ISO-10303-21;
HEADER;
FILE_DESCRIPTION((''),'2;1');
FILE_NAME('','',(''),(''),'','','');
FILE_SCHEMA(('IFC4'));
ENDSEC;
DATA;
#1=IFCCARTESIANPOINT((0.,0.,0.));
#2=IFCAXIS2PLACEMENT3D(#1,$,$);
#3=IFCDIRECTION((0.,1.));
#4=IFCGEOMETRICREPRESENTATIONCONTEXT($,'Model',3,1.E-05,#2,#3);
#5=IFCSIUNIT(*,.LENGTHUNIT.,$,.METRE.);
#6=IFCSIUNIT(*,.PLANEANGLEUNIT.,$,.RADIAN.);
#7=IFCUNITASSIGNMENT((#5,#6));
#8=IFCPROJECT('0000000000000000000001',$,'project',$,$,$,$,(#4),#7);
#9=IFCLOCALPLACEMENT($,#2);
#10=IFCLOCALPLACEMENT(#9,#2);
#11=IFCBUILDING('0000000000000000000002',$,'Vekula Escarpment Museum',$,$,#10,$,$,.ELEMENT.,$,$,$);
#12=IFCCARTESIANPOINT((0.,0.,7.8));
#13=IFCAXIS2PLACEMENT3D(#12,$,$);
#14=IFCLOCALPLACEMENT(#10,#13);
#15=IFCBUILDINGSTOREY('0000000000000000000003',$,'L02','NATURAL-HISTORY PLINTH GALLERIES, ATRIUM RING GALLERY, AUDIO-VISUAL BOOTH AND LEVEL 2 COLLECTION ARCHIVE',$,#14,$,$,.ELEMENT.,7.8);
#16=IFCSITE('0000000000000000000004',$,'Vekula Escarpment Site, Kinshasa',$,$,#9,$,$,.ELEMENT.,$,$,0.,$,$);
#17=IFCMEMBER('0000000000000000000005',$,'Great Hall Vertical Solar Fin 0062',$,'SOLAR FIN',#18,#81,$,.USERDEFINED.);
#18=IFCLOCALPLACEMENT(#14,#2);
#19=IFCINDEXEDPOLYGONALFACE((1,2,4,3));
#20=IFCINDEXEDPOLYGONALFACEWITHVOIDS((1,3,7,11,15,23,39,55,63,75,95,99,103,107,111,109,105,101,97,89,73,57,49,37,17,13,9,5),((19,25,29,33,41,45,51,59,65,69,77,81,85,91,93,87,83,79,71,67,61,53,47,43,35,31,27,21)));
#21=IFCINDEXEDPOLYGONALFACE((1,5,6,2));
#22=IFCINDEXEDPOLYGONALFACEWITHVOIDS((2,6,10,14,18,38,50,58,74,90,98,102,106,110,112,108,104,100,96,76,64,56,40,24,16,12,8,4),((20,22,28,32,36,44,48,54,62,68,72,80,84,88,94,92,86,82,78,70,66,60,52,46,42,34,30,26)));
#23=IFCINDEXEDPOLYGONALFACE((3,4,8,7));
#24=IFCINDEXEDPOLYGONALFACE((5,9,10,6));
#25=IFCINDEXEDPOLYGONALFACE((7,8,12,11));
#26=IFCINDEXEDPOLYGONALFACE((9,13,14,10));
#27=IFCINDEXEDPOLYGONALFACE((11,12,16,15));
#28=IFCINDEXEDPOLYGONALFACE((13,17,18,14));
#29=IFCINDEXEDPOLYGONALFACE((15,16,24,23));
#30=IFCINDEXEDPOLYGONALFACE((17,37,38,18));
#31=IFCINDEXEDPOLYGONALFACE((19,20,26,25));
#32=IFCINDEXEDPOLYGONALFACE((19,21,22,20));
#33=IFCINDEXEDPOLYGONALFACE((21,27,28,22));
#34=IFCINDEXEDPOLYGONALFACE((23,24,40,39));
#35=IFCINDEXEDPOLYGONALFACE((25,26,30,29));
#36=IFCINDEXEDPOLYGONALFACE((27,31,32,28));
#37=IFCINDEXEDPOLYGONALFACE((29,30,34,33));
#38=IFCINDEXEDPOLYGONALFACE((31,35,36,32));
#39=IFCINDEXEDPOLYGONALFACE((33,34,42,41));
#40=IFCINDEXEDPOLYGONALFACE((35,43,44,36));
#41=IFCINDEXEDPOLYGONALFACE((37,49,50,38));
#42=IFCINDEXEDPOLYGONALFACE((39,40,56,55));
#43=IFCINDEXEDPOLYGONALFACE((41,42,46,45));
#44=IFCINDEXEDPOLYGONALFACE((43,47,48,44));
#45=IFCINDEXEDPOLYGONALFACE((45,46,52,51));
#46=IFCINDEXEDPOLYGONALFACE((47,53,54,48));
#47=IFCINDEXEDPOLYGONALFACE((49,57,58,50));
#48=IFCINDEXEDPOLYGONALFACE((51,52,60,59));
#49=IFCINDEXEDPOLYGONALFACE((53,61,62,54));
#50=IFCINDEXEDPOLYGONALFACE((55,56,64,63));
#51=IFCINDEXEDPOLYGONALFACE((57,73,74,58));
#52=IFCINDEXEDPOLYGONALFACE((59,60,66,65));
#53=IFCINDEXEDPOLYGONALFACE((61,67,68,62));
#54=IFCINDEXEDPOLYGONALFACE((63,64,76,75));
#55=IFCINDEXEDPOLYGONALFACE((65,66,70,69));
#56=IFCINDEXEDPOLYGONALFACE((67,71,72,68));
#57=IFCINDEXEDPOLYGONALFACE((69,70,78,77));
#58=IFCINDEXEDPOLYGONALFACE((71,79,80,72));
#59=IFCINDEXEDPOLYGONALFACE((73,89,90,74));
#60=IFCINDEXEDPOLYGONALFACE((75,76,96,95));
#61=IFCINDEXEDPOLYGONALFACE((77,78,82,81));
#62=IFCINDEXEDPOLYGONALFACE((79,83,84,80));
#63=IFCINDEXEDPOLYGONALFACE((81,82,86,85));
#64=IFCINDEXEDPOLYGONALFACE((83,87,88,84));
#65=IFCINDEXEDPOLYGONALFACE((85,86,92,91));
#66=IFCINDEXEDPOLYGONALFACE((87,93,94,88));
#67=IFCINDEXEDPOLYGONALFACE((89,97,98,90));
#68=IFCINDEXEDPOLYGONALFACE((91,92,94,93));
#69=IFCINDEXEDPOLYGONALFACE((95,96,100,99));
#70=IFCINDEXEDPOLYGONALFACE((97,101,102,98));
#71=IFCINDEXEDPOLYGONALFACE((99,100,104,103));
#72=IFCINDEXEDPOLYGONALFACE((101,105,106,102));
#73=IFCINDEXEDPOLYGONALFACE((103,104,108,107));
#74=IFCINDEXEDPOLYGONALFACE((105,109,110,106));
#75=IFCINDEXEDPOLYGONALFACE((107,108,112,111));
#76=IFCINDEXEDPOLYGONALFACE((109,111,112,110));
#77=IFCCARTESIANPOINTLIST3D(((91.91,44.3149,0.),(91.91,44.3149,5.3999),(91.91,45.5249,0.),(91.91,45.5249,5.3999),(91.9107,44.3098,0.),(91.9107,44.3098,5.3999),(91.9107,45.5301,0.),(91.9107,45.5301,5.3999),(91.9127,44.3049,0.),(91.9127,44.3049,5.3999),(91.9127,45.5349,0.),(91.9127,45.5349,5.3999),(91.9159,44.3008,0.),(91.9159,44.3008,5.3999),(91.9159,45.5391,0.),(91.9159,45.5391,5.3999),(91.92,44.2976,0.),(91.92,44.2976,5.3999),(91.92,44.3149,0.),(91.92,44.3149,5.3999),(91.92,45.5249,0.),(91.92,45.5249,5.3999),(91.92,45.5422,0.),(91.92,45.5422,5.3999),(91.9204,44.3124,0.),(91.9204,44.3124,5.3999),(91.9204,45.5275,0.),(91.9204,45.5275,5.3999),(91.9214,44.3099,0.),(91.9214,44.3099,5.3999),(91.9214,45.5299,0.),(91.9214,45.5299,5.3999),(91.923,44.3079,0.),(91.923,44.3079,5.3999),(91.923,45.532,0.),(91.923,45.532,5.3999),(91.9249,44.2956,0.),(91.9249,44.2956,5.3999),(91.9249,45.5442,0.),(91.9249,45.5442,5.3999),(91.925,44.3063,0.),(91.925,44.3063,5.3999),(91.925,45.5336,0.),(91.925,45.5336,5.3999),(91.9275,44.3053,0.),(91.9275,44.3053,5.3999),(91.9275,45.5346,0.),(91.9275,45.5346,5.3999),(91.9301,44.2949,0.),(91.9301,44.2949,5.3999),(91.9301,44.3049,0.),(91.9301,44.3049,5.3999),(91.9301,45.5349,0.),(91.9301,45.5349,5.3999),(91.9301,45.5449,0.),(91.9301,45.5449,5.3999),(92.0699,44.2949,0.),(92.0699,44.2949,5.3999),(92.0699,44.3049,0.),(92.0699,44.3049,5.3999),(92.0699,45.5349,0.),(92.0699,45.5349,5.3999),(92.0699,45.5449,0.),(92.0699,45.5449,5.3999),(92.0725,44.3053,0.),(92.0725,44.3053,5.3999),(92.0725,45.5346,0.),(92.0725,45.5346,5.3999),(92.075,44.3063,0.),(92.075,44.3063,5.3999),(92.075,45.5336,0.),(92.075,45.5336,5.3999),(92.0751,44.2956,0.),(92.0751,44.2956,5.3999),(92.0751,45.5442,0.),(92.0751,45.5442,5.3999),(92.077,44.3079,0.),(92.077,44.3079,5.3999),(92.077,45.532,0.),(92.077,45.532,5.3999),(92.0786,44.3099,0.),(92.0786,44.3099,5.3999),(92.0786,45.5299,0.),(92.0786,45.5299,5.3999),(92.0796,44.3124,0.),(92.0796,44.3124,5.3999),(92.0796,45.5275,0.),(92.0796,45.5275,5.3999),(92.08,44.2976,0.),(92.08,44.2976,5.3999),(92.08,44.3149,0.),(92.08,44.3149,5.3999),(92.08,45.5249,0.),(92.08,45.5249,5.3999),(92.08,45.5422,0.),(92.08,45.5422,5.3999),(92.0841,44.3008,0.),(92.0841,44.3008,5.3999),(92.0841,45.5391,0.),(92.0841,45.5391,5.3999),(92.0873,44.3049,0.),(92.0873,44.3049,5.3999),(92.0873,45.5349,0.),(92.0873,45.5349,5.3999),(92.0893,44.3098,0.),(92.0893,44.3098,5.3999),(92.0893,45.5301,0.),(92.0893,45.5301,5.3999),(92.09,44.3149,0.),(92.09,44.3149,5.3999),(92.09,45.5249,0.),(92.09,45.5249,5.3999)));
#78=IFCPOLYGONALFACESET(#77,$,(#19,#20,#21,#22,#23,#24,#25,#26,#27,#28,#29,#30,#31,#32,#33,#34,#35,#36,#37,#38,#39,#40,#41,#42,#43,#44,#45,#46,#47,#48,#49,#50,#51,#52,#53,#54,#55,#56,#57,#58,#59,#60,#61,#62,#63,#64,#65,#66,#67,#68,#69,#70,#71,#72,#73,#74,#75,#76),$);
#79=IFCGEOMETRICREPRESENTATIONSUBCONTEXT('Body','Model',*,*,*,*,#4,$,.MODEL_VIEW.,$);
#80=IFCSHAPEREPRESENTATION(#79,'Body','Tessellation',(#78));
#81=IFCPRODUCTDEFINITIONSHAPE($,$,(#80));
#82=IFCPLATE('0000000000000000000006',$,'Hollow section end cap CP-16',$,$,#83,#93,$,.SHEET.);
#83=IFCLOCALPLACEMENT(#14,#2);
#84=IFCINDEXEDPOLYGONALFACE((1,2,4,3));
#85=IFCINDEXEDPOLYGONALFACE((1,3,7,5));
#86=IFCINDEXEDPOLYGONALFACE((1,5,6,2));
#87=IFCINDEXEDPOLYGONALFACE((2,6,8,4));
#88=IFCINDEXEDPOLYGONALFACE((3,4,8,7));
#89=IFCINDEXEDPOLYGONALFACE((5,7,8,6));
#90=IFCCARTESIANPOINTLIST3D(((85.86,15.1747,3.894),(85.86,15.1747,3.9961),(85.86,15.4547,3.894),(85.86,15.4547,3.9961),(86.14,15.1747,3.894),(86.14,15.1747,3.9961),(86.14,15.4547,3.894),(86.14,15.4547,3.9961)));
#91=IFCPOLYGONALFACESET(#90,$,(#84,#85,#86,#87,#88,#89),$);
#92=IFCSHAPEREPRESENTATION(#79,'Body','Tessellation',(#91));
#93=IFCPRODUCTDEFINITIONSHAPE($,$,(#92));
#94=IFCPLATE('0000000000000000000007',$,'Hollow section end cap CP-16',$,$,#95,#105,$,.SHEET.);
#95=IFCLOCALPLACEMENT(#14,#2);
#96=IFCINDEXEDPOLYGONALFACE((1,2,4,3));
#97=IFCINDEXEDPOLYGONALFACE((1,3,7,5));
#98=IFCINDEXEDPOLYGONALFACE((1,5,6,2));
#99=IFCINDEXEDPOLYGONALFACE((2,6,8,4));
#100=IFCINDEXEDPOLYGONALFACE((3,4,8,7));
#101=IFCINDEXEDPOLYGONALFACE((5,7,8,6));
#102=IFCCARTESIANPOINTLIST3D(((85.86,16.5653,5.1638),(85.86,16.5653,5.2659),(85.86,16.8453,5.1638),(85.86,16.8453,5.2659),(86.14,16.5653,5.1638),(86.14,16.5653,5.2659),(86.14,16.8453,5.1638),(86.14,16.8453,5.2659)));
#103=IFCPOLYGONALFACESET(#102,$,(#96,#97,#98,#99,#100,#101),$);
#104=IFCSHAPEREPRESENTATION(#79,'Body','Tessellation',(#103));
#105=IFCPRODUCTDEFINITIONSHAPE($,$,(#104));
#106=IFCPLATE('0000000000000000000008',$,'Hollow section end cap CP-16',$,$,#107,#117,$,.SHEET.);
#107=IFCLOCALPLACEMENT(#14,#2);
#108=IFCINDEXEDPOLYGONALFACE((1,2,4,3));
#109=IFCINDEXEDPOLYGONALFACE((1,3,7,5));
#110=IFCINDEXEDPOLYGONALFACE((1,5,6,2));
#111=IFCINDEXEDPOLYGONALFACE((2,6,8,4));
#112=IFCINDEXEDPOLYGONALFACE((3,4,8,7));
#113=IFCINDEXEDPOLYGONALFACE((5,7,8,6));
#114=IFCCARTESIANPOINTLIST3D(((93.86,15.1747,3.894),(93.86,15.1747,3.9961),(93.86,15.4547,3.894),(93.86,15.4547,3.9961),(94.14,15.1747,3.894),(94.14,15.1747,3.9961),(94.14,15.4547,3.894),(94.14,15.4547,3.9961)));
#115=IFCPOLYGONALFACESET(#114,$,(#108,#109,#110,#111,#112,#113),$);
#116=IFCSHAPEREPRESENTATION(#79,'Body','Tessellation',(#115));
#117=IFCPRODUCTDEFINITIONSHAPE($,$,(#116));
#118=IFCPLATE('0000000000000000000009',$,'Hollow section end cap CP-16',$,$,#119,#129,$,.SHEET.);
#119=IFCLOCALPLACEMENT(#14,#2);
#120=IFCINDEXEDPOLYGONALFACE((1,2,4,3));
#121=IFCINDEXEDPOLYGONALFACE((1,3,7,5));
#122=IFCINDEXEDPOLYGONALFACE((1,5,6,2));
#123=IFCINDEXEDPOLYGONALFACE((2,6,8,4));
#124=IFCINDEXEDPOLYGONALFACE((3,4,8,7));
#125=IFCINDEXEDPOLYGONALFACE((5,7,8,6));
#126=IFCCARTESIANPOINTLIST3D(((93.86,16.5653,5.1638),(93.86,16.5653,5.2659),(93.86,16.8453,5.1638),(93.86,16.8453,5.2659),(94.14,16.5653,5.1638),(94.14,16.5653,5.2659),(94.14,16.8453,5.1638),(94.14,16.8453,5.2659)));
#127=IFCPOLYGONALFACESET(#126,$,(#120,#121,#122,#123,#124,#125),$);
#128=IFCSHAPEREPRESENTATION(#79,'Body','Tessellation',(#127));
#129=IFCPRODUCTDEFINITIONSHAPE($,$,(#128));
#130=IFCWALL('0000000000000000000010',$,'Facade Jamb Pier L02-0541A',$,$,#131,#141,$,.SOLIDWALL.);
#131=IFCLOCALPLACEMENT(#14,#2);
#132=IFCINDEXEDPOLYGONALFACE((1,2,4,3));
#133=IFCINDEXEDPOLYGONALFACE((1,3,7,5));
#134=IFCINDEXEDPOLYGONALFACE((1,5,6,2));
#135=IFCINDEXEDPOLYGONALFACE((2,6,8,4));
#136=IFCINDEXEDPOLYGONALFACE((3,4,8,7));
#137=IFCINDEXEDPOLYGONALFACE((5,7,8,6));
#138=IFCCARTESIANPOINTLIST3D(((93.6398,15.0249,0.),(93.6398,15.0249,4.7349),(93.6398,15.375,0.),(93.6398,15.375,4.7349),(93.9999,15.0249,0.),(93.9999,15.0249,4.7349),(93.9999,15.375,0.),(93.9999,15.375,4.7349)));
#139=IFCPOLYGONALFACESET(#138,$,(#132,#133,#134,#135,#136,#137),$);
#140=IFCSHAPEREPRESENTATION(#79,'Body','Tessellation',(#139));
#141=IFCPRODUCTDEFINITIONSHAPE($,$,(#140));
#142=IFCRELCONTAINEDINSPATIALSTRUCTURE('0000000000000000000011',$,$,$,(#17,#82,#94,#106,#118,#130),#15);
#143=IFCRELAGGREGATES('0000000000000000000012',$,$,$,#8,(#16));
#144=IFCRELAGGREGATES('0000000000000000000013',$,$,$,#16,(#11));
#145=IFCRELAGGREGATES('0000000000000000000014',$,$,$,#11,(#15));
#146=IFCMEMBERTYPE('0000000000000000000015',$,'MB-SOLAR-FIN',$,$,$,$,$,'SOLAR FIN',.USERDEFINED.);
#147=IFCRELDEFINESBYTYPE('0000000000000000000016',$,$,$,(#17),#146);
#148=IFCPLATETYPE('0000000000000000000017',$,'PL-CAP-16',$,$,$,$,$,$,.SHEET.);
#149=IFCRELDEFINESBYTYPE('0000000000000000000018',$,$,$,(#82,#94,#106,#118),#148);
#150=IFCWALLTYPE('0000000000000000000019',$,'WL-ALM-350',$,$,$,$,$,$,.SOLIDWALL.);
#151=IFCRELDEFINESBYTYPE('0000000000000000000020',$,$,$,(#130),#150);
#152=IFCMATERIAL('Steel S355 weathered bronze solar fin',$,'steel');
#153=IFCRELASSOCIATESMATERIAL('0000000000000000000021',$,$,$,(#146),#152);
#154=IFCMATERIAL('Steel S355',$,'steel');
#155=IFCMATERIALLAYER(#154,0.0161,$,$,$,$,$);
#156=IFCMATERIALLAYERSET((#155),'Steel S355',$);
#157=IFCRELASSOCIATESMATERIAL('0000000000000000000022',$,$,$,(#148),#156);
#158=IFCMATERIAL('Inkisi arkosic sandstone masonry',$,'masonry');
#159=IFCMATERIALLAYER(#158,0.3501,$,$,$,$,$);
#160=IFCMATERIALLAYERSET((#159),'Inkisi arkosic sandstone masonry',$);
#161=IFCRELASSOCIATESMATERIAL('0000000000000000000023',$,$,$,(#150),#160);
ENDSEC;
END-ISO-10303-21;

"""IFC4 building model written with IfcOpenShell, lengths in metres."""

from ifc_helpers import new_model, si_unit, direction, frame, frame_2d, origin, origin_2d, place, context, subcontext, project, spatial, rectangle, hollow_rectangle, extrude, material, layer, layer_set, material_profile, profile_set, type_object, element, save


model = new_model("IFC4")

# Units and contexts
model_context = context("Model", 3, precision=1e-05, world=origin(), true_north=direction((0.0, 1.0)))
body_context = subcontext(model_context, "Body", "Model", "MODEL_VIEW")
ifc_project = project(units=[si_unit("LENGTHUNIT", "METRE"), si_unit("PLANEANGLEUNIT", "RADIAN")], contexts=[model_context])

# Site, building, storey
site_placement = place(None, origin())
site = spatial("IfcSite", under=ifc_project, at=site_placement, Name="Vekula Escarpment Site, Kinshasa", CompositionType="ELEMENT", RefElevation=0.0)
building_placement = place(site_placement, origin())
building = spatial("IfcBuilding", under=site, at=building_placement, Name="Vekula Escarpment Museum", CompositionType="ELEMENT")
storey_placement = place(building_placement, frame((0.0, 0.0, 7.8)))
storey = spatial("IfcBuildingStorey", under=building, at=storey_placement, Name="L02", Description="NATURAL-HISTORY PLINTH GALLERIES, ATRIUM RING GALLERY, AUDIO-VISUAL BOOTH AND LEVEL 2 COLLECTION ARCHIVE", CompositionType="ELEMENT", Elevation=7.8)

# Member
ifc_material_1 = material(Name="Steel S355 weathered bronze solar fin", Category="steel")
ifc_material_profile_1 = material_profile(ifc_material_1, hollow_rectangle(XDim=0.1799, YDim=1.25, WallThickness=0.01, InnerFilletRadius=0.01, OuterFilletRadius=0.02, at=origin_2d()), Name="RHS 1250x180x10")
ifc_profile_set_1 = profile_set([ifc_material_profile_1], Name="Steel S355 weathered bronze solar fin")
member_type_1 = type_object("IfcMemberType", Name="MB-SOLAR-FIN", ElementType="SOLAR FIN", PredefinedType="USERDEFINED", material=ifc_profile_set_1)
for number, where, z_axis, x_axis, name in (
    (1, (92.0, 44.9199, 0.0), (0.0, 0.0, 1.0), (1.0, 0.0, 0.0), "Great Hall Vertical Solar Fin 0062"),
):
    element("IfcMember", number, at=place(storey_placement, frame(where, z_axis=z_axis, x_axis=x_axis)), inside=storey, type_object=member_type_1, Name=name, ObjectType="SOLAR FIN", PredefinedType="USERDEFINED", context=body_context, shape_type="SweptSolid", body=[
        extrude(hollow_rectangle(XDim=0.1799, YDim=1.25, WallThickness=0.01, InnerFilletRadius=0.01, OuterFilletRadius=0.02, at=origin_2d()), origin(), (0.0, 0.0, 1.0), 5.3999),
    ])

# Plates
ifc_material_2 = material(Name="Steel S355", Category="steel")
ifc_layer_1 = layer(ifc_material_2, 0.0161)
ifc_layer_set_1 = layer_set([ifc_layer_1], Name="Steel S355")
plate_type = type_object("IfcPlateType", Name="PL-CAP-16", PredefinedType="SHEET", material=ifc_layer_set_1)
for number, where, z_axis, x_axis, name in (
    (2, (86.0, 15.3147, 3.894), (0.0, 0.0, 1.0), (1.0, 0.0, 0.0), "Hollow section end cap CP-16"),
    (3, (86.0, 16.7053, 5.1638), (0.0, 0.0, 1.0), (1.0, 0.0, 0.0), "Hollow section end cap CP-16"),
    (4, (94.0, 15.3147, 3.894), (0.0, 0.0, 1.0), (1.0, 0.0, 0.0), "Hollow section end cap CP-16"),
    (5, (94.0, 16.7053, 5.1638), (0.0, 0.0, 1.0), (1.0, 0.0, 0.0), "Hollow section end cap CP-16"),
):
    element("IfcPlate", number, at=place(storey_placement, frame(where, z_axis=z_axis, x_axis=x_axis)), inside=storey, type_object=plate_type, Name=name, PredefinedType="SHEET", context=body_context, shape_type="SweptSolid", body=[
        extrude(rectangle(XDim=0.28, YDim=0.28, at=origin_2d()), origin(), (0.0, 0.0, 1.0), 0.1021),
    ])

# Wall
ifc_material_3 = material(Name="Inkisi arkosic sandstone masonry", Category="masonry")
ifc_layer_2 = layer(ifc_material_3, 0.3501)
ifc_layer_set_2 = layer_set([ifc_layer_2], Name="Inkisi arkosic sandstone masonry")
wall_type = type_object("IfcWallType", Name="WL-ALM-350", PredefinedType="SOLIDWALL", material=ifc_layer_set_2)
wall_placement = place(storey_placement, frame((94.0, 15.2, 0.0), z_axis=(0.0, 0.0, 1.0), x_axis=(-1.0, 0.0, 0.0)))
element("IfcWall", 6, at=wall_placement, inside=storey, type_object=wall_type, Name="Facade Jamb Pier L02-0541A", PredefinedType="SOLIDWALL", context=body_context, shape_type="SweptSolid", body=[
    extrude(rectangle(XDim=0.3601, YDim=0.3501, at=frame_2d((0.1802, 0.0))), origin(), (0.0, 0.0, 1.0), 4.7349),
])

save(model, "model.ifc")
